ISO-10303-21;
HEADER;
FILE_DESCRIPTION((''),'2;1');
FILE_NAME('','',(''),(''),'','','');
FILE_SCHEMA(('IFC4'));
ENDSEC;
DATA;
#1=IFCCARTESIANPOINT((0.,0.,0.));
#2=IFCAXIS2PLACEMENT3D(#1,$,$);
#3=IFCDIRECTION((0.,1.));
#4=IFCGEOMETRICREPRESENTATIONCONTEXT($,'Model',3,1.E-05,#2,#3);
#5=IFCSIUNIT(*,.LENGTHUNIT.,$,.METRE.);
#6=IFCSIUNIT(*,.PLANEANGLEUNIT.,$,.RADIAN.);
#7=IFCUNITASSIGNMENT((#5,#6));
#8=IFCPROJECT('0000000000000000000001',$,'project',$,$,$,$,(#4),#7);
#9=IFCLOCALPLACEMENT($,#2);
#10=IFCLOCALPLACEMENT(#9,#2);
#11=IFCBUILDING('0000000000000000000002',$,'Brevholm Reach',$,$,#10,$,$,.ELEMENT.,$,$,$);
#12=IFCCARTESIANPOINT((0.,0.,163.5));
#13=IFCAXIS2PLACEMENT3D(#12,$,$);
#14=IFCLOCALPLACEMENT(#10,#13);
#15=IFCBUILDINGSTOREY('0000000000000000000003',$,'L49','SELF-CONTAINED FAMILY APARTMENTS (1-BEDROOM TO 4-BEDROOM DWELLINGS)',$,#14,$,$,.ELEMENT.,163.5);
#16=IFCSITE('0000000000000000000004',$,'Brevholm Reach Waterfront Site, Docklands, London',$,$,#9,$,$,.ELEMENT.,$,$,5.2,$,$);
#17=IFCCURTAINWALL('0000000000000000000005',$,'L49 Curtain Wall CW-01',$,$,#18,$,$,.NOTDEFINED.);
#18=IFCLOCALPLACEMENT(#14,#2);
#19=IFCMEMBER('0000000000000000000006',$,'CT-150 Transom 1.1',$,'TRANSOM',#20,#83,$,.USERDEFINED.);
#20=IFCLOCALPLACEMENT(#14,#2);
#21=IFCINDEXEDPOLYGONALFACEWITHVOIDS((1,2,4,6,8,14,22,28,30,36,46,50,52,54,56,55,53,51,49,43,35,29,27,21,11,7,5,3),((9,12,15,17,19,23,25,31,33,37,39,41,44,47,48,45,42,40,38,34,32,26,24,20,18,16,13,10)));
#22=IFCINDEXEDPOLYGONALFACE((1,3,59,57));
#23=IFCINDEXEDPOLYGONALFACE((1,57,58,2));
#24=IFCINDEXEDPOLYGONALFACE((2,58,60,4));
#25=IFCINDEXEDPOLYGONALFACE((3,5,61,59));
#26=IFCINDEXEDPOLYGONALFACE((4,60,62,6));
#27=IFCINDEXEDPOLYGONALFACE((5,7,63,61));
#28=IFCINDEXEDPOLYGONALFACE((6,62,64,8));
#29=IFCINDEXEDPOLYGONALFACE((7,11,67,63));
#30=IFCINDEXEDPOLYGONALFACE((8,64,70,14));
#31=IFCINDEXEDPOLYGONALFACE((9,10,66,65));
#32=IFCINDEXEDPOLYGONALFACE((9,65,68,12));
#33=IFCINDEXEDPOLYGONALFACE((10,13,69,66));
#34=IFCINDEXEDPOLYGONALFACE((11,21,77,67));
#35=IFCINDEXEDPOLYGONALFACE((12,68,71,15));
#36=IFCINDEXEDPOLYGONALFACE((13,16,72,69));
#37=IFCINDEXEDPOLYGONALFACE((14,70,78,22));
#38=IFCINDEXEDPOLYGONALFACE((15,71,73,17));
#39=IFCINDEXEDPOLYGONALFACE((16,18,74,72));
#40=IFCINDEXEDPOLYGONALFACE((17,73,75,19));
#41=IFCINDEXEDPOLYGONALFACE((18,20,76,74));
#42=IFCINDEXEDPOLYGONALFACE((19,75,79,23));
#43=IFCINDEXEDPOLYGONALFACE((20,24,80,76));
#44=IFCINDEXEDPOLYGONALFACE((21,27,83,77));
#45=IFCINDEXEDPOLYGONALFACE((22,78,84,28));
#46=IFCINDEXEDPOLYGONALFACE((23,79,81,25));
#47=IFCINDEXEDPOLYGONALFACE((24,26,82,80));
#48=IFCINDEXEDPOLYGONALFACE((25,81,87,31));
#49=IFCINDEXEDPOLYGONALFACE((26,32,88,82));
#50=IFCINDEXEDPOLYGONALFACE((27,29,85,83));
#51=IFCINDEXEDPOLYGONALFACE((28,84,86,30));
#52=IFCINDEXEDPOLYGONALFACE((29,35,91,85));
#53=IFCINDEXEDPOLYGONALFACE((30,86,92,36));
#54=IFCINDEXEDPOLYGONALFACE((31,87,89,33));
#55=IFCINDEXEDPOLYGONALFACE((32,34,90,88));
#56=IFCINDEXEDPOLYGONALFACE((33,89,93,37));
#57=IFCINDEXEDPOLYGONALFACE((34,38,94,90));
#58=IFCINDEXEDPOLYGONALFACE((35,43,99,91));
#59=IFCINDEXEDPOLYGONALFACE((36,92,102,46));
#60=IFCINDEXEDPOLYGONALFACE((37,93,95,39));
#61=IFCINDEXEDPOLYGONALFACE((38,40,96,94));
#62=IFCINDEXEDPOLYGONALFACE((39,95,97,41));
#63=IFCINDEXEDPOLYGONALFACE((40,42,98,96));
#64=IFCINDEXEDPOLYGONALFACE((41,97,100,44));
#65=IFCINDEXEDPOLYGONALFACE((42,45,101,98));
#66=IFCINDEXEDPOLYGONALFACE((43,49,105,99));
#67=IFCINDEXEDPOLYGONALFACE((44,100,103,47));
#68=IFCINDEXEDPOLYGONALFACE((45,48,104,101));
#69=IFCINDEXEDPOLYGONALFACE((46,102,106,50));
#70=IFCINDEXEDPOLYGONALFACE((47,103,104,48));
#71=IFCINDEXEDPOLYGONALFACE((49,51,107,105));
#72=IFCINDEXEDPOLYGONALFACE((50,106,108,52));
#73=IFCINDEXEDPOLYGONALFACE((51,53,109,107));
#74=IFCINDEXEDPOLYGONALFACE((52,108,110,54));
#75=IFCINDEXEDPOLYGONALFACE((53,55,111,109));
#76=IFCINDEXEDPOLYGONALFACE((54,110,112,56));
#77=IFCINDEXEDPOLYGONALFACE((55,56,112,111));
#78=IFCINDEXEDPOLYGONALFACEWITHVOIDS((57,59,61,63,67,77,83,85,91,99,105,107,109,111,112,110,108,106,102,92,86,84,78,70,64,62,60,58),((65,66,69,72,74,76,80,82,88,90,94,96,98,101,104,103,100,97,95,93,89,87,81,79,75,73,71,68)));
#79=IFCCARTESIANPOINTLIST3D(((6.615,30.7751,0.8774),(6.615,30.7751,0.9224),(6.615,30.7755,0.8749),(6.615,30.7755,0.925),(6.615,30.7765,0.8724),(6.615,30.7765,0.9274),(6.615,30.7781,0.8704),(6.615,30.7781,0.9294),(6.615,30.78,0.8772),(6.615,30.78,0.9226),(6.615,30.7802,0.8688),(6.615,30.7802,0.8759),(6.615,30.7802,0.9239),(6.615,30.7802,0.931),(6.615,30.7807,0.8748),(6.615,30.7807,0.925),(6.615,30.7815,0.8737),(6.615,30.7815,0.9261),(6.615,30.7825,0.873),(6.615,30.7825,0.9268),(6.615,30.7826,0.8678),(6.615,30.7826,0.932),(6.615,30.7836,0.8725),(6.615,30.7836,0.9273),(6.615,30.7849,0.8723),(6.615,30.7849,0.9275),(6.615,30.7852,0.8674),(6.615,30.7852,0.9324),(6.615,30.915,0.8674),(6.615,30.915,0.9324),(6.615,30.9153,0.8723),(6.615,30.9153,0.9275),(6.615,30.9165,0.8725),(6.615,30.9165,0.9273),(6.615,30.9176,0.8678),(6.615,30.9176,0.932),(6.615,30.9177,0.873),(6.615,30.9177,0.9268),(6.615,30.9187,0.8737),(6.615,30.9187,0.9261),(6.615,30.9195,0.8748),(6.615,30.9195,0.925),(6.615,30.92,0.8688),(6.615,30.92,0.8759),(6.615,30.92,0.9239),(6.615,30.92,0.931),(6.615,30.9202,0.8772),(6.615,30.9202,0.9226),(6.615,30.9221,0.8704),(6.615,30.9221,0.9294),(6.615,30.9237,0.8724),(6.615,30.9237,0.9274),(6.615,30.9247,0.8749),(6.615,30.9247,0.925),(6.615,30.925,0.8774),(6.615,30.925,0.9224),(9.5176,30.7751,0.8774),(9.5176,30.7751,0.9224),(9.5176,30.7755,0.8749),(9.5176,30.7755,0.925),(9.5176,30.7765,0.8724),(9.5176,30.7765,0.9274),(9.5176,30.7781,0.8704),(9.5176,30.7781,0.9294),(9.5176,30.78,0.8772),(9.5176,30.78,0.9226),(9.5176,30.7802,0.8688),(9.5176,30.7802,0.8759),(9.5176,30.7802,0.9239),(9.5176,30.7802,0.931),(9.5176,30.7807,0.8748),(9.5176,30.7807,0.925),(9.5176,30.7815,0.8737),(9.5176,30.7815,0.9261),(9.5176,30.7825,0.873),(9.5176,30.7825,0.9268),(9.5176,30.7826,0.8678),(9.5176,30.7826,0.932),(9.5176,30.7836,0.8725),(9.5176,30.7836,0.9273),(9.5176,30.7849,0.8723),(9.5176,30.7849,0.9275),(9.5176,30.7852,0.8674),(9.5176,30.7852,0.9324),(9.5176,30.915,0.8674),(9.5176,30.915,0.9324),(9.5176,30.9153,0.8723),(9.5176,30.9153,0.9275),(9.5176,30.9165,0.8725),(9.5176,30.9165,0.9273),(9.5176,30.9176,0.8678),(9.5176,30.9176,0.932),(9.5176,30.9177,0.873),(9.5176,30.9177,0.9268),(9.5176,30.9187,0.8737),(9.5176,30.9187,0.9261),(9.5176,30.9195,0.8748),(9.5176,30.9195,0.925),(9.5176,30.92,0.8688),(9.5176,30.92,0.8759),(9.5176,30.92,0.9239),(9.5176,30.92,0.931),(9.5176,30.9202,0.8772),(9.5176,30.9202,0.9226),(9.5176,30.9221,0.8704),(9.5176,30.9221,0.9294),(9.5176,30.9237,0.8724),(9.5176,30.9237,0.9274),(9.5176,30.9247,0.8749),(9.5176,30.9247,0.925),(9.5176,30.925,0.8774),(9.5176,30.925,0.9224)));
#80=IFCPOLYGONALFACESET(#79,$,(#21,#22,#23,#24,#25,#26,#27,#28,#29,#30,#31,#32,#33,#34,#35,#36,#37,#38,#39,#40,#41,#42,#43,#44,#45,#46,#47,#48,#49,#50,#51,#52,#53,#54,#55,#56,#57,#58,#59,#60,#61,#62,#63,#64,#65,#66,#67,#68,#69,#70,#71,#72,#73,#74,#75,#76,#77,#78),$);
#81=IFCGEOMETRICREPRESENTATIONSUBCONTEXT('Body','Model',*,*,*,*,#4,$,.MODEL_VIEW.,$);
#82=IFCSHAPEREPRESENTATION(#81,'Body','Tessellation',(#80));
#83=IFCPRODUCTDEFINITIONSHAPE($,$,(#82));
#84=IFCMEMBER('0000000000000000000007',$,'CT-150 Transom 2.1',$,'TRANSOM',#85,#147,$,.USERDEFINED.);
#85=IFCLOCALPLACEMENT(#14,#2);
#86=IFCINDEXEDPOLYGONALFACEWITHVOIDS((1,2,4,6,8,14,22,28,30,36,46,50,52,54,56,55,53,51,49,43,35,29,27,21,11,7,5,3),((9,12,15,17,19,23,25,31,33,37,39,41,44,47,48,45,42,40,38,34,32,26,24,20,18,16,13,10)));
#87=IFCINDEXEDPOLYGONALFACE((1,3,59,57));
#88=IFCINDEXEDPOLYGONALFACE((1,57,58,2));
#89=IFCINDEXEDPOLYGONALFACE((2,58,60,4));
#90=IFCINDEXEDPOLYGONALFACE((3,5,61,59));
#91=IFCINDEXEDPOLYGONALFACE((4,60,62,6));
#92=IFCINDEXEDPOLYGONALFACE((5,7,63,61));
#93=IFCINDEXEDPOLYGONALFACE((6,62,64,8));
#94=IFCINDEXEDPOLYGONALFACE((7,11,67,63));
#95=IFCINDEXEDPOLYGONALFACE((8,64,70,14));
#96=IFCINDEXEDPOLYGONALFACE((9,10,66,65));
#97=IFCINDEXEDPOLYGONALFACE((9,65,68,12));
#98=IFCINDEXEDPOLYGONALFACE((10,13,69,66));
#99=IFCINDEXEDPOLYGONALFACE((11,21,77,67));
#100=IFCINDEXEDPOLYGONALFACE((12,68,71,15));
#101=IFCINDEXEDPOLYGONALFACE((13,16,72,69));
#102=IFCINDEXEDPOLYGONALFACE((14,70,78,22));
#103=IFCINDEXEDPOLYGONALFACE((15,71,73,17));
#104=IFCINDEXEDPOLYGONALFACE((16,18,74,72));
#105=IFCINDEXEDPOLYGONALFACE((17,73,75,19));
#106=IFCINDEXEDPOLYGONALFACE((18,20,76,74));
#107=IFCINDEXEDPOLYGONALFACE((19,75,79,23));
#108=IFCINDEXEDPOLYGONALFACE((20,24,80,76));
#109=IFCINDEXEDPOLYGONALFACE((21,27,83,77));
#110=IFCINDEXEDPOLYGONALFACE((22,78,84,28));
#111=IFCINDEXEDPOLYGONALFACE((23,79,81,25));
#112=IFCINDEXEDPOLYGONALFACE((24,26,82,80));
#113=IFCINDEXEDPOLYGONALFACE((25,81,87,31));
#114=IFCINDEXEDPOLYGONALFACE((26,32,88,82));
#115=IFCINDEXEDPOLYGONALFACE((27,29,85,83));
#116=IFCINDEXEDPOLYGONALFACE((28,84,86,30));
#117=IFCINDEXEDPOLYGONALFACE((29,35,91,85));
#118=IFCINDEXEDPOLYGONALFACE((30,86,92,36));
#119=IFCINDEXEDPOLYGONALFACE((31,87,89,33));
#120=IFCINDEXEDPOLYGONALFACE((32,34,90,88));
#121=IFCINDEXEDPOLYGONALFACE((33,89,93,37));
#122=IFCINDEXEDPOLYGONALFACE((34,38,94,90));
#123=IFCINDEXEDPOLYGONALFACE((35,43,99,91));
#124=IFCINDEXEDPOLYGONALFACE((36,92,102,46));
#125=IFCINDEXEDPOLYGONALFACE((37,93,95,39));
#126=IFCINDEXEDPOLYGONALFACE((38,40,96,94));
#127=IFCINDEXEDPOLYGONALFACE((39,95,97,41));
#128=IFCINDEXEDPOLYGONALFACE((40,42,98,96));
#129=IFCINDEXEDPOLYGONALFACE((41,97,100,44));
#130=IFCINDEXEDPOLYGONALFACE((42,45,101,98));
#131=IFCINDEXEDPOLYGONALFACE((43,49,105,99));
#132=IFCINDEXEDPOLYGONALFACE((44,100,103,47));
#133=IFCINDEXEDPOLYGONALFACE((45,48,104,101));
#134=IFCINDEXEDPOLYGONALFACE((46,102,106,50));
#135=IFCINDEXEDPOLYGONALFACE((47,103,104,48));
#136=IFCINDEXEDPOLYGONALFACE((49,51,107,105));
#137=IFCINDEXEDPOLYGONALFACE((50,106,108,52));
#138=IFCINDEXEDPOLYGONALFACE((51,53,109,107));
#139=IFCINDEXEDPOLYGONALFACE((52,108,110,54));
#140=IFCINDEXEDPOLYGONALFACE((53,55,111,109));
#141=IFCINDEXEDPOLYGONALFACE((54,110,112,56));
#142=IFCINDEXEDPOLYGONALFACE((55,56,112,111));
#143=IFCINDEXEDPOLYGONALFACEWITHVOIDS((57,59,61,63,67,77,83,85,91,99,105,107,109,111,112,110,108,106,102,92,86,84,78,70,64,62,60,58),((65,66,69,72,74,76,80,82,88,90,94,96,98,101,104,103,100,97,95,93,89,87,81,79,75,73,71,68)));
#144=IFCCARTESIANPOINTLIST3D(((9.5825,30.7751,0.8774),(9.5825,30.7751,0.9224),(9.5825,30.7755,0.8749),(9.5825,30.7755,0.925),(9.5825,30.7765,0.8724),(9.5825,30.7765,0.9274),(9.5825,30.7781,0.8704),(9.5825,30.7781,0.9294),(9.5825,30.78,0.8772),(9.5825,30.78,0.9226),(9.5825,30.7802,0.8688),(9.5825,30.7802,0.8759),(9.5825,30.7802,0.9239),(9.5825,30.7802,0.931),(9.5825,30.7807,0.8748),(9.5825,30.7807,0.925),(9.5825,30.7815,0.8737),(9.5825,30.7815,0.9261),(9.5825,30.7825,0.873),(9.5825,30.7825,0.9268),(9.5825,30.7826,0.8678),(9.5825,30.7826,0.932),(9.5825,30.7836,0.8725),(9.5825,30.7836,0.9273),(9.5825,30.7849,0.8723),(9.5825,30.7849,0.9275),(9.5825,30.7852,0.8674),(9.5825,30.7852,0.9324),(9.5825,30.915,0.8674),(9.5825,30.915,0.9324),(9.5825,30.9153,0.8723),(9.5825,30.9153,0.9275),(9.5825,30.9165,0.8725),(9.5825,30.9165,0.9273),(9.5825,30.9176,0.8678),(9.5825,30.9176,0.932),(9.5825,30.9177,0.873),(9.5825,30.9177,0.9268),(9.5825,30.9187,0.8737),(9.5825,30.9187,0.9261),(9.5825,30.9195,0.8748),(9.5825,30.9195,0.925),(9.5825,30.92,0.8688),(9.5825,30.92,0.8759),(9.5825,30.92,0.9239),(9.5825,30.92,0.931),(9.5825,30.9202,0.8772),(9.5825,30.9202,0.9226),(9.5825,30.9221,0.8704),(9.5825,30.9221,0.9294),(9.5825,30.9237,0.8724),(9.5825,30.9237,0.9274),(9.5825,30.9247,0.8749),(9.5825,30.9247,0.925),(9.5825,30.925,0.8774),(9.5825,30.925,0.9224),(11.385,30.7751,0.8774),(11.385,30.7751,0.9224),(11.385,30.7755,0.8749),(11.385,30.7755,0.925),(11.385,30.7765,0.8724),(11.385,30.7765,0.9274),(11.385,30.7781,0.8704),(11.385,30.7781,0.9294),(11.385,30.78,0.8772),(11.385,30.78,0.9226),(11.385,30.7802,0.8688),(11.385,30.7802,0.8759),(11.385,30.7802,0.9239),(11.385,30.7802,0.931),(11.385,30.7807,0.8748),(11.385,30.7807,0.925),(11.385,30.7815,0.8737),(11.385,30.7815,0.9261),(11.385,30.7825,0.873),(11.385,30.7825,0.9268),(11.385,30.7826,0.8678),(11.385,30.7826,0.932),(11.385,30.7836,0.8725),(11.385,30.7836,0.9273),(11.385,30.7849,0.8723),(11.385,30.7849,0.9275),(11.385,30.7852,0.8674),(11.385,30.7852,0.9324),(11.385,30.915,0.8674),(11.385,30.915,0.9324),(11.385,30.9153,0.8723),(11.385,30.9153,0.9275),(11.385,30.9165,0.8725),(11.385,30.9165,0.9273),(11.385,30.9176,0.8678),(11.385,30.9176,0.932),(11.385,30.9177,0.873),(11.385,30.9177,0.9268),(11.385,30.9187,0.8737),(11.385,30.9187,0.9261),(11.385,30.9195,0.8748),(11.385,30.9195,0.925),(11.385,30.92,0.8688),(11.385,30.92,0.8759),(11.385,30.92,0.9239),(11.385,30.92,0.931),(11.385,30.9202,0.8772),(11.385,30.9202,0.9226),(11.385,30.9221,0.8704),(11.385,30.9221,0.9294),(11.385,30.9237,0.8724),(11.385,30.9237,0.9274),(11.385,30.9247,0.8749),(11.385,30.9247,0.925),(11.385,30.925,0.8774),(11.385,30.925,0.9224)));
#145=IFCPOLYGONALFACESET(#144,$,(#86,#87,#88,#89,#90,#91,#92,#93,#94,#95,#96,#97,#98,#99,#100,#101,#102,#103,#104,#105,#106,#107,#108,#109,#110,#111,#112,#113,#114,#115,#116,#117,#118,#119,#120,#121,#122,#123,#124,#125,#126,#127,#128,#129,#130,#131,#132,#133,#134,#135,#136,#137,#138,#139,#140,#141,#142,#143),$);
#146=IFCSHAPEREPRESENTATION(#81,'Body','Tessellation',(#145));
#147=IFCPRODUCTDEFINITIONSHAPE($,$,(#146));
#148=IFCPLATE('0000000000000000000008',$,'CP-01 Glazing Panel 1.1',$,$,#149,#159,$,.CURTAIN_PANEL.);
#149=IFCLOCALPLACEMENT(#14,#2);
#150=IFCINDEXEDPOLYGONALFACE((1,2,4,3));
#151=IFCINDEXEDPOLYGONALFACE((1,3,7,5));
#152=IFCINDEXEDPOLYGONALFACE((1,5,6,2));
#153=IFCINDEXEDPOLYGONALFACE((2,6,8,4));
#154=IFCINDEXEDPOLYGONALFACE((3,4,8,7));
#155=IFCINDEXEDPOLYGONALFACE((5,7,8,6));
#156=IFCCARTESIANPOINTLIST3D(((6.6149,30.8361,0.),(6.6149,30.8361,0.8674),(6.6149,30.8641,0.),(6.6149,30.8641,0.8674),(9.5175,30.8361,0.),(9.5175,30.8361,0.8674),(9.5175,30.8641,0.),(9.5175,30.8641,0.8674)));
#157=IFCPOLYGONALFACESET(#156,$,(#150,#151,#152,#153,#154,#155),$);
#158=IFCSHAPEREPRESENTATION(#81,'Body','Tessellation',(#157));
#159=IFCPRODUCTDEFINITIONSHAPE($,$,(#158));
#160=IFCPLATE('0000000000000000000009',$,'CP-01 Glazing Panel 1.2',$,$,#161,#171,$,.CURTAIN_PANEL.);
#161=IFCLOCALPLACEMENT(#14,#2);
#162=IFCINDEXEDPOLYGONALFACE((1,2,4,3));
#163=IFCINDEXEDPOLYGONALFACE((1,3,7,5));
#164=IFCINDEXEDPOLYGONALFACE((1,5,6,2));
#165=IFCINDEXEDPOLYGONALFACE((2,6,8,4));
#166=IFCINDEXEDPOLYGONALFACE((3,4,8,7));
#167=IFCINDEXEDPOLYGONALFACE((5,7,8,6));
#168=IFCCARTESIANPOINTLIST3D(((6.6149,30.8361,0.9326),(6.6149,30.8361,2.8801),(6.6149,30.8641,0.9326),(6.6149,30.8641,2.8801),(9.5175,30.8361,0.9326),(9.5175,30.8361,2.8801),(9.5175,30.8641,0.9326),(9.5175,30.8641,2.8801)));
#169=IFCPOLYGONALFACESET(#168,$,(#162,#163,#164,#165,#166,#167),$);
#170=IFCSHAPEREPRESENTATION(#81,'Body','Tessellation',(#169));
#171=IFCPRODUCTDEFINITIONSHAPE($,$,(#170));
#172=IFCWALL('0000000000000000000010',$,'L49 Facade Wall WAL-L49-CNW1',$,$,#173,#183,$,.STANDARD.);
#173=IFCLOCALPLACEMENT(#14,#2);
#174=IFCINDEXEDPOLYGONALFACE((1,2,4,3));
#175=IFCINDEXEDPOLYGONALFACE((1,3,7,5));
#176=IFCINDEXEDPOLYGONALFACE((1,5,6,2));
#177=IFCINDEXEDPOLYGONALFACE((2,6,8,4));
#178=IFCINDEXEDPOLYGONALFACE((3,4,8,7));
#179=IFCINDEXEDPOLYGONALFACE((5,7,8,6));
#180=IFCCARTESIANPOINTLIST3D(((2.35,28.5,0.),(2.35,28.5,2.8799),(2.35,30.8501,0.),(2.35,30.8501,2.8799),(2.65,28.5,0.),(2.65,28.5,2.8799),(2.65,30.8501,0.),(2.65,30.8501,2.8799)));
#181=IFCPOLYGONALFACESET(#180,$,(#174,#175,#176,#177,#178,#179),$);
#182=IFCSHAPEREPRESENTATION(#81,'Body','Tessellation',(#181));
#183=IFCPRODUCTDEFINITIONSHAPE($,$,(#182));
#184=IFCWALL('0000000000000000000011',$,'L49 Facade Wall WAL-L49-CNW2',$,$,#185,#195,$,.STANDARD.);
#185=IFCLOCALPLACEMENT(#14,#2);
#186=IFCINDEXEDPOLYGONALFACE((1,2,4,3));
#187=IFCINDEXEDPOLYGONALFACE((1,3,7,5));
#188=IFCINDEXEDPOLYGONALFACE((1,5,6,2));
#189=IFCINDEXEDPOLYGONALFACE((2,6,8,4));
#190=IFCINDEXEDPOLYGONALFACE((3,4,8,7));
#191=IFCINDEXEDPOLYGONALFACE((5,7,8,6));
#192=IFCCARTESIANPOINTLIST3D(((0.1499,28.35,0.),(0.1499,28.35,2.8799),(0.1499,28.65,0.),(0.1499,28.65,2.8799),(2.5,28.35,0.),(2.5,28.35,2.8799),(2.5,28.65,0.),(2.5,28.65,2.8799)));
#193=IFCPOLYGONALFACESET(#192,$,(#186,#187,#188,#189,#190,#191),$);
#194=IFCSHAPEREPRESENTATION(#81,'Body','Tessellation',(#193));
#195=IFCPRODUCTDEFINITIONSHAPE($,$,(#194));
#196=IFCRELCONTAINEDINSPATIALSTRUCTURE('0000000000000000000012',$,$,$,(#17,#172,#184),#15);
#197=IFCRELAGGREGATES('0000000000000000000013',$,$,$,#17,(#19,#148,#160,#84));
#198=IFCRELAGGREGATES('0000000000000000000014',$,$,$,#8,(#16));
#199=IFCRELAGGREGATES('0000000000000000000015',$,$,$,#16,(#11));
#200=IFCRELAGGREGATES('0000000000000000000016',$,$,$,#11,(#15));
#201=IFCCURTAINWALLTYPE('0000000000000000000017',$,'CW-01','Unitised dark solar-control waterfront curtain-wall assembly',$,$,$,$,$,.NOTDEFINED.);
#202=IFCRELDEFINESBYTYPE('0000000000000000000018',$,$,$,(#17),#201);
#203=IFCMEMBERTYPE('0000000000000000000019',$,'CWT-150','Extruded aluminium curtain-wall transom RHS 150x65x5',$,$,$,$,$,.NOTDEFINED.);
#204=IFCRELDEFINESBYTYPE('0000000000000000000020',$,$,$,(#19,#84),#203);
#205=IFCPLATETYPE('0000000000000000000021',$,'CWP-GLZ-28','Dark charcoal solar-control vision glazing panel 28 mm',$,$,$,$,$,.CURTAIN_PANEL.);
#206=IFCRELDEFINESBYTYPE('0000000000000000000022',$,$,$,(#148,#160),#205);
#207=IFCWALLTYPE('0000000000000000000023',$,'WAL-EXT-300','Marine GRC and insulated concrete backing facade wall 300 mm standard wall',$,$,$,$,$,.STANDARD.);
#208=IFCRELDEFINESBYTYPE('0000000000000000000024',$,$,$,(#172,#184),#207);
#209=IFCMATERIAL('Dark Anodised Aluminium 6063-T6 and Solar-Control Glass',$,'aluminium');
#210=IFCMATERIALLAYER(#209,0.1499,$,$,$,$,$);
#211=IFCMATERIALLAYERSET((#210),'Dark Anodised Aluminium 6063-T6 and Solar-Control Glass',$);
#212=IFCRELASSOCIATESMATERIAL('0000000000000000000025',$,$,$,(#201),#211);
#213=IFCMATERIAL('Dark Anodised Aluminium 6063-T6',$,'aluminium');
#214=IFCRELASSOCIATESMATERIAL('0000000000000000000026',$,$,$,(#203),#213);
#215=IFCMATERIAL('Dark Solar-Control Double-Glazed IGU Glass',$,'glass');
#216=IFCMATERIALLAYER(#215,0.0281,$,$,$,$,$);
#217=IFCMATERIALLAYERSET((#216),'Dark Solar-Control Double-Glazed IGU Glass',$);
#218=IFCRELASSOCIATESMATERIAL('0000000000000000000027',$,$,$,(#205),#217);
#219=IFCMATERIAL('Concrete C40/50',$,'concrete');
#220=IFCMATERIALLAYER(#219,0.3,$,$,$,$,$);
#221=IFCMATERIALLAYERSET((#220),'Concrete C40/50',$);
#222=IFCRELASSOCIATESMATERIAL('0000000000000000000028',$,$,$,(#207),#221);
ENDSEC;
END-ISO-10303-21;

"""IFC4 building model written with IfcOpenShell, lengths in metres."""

from ifc_helpers import new_model, si_unit, direction, frame, frame_2d, origin, origin_2d, place, context, subcontext, project, spatial, rectangle, hollow_rectangle, extrude, material, layer, layer_set, material_profile, profile_set, type_object, element, aggregate, save


model = new_model("IFC4")

# Units and contexts
model_context = context("Model", 3, precision=1e-05, world=origin(), true_north=direction((0.0, 1.0)))
body_context = subcontext(model_context, "Body", "Model", "MODEL_VIEW")
ifc_project = project(units=[si_unit("LENGTHUNIT", "METRE"), si_unit("PLANEANGLEUNIT", "RADIAN")], contexts=[model_context])

# Site, building, storey
site_placement = place(None, origin())
site = spatial("IfcSite", under=ifc_project, at=site_placement, Name="Brevholm Reach Waterfront Site, Docklands, London", CompositionType="ELEMENT", RefElevation=5.2)
building_placement = place(site_placement, origin())
building = spatial("IfcBuilding", under=site, at=building_placement, Name="Brevholm Reach", CompositionType="ELEMENT")
storey_placement = place(building_placement, frame((0.0, 0.0, 163.5)))
storey = spatial("IfcBuildingStorey", under=building, at=storey_placement, Name="L49", Description="SELF-CONTAINED FAMILY APARTMENTS (1-BEDROOM TO 4-BEDROOM DWELLINGS)", CompositionType="ELEMENT", Elevation=163.5)

# Curtain wall, members, plates
ifc_material_1 = material(Name="Dark Anodised Aluminium 6063-T6 and Solar-Control Glass", Category="aluminium")
ifc_layer_1 = layer(ifc_material_1, 0.1499)
ifc_layer_set_1 = layer_set([ifc_layer_1], Name="Dark Anodised Aluminium 6063-T6 and Solar-Control Glass")
curtain_wall_type = type_object("IfcCurtainWallType", Name="CW-01", Description="Unitised dark solar-control waterfront curtain-wall assembly", PredefinedType="NOTDEFINED", material=ifc_layer_set_1)
curtain_wall_placement = place(storey_placement, origin())
curtain_wall = element("IfcCurtainWall", 1, at=curtain_wall_placement, inside=storey, type_object=curtain_wall_type, Name="L49 Curtain Wall CW-01", PredefinedType="NOTDEFINED")
ifc_material_2 = material(Name="Dark Anodised Aluminium 6063-T6", Category="aluminium")
ifc_material_profile_1 = material_profile(ifc_material_2, hollow_rectangle(XDim=0.0649, YDim=0.1499, WallThickness=0.0049, InnerFilletRadius=0.0049, OuterFilletRadius=0.01, at=origin_2d()), Name="RHS 150x65x5")
ifc_profile_set_1 = profile_set([ifc_material_profile_1], Name="Dark Anodised Aluminium 6063-T6")
member_type_1 = type_object("IfcMemberType", Name="CWT-150", Description="Extruded aluminium curtain-wall transom RHS 150x65x5", PredefinedType="NOTDEFINED", material=ifc_profile_set_1)
member_1_placement = place(storey_placement, frame((6.615, 30.8501, 0.8999), z_axis=(1.0, 0.0, 0.0), x_axis=(0.0, 0.0, 1.0)))
member_1 = element("IfcMember", 2, at=member_1_placement, type_object=member_type_1, Name="CT-150 Transom 1.1", ObjectType="TRANSOM", PredefinedType="USERDEFINED", context=body_context, shape_type="SweptSolid", body=[
    extrude(hollow_rectangle(XDim=0.0649, YDim=0.1499, WallThickness=0.0049, InnerFilletRadius=0.0049, OuterFilletRadius=0.01, at=origin_2d()), origin(), (0.0, 0.0, 1.0), 2.9026),
])
member_2_placement = place(storey_placement, frame((9.5825, 30.8501, 0.8999), z_axis=(1.0, 0.0, 0.0), x_axis=(0.0, 0.0, 1.0)))
member_2 = element("IfcMember", 3, at=member_2_placement, type_object=member_type_1, Name="CT-150 Transom 2.1", ObjectType="TRANSOM", PredefinedType="USERDEFINED", context=body_context, shape_type="SweptSolid", body=[
    extrude(hollow_rectangle(XDim=0.0649, YDim=0.1499, WallThickness=0.0049, InnerFilletRadius=0.0049, OuterFilletRadius=0.01, at=origin_2d()), origin(), (0.0, 0.0, 1.0), 1.8025),
])
ifc_material_3 = material(Name="Dark Solar-Control Double-Glazed IGU Glass", Category="glass")
ifc_layer_2 = layer(ifc_material_3, 0.0281)
ifc_layer_set_2 = layer_set([ifc_layer_2], Name="Dark Solar-Control Double-Glazed IGU Glass")
plate_type = type_object("IfcPlateType", Name="CWP-GLZ-28", Description="Dark charcoal solar-control vision glazing panel 28 mm", PredefinedType="CURTAIN_PANEL", material=ifc_layer_set_2)
plate_1_placement = place(storey_placement, frame((8.0662, 30.8501, 0.0), z_axis=(0.0, 0.0, 1.0), x_axis=(1.0, 0.0, 0.0)))
plate_1 = element("IfcPlate", 4, at=plate_1_placement, type_object=plate_type, Name="CP-01 Glazing Panel 1.1", PredefinedType="CURTAIN_PANEL", context=body_context, shape_type="SweptSolid", body=[
    extrude(rectangle(XDim=2.9026, YDim=0.0281, at=origin_2d()), origin(), (0.0, 0.0, 1.0), 0.8674),
])
plate_2_placement = place(storey_placement, frame((8.0662, 30.8501, 0.9326), z_axis=(0.0, 0.0, 1.0), x_axis=(1.0, 0.0, 0.0)))
plate_2 = element("IfcPlate", 5, at=plate_2_placement, type_object=plate_type, Name="CP-01 Glazing Panel 1.2", PredefinedType="CURTAIN_PANEL", context=body_context, shape_type="SweptSolid", body=[
    extrude(rectangle(XDim=2.9026, YDim=0.0281, at=origin_2d()), origin(), (0.0, 0.0, 1.0), 1.9475),
])
aggregate(curtain_wall, [member_1, plate_1, plate_2, member_2])

# Walls
ifc_material_4 = material(Name="Concrete C40/50", Category="concrete")
ifc_layer_3 = layer(ifc_material_4, 0.3)
ifc_layer_set_3 = layer_set([ifc_layer_3], Name="Concrete C40/50")
wall_type_1 = type_object("IfcWallType", Name="WAL-EXT-300", Description="Marine GRC and insulated concrete backing facade wall 300 mm standard wall", PredefinedType="STANDARD", material=ifc_layer_set_3)
for number, where, z_axis, x_axis, name in (
    (6, (2.5, 30.8501, 0.0), (0.0, 0.0, 1.0), (0.0, -1.0, 0.0), "L49 Facade Wall WAL-L49-CNW1"),
    (7, (2.5, 28.5, 0.0), (0.0, 0.0, 1.0), (-1.0, 0.0, 0.0), "L49 Facade Wall WAL-L49-CNW2"),
):
    element("IfcWall", number, at=place(storey_placement, frame(where, z_axis=z_axis, x_axis=x_axis)), inside=storey, type_object=wall_type_1, Name=name, PredefinedType="STANDARD", context=body_context, shape_type="SweptSolid", body=[
        extrude(rectangle(XDim=2.3501, YDim=0.3, at=frame_2d((1.175, 0.0))), origin(), (0.0, 0.0, 1.0), 2.8799),
    ])

save(model, "model.ifc")
